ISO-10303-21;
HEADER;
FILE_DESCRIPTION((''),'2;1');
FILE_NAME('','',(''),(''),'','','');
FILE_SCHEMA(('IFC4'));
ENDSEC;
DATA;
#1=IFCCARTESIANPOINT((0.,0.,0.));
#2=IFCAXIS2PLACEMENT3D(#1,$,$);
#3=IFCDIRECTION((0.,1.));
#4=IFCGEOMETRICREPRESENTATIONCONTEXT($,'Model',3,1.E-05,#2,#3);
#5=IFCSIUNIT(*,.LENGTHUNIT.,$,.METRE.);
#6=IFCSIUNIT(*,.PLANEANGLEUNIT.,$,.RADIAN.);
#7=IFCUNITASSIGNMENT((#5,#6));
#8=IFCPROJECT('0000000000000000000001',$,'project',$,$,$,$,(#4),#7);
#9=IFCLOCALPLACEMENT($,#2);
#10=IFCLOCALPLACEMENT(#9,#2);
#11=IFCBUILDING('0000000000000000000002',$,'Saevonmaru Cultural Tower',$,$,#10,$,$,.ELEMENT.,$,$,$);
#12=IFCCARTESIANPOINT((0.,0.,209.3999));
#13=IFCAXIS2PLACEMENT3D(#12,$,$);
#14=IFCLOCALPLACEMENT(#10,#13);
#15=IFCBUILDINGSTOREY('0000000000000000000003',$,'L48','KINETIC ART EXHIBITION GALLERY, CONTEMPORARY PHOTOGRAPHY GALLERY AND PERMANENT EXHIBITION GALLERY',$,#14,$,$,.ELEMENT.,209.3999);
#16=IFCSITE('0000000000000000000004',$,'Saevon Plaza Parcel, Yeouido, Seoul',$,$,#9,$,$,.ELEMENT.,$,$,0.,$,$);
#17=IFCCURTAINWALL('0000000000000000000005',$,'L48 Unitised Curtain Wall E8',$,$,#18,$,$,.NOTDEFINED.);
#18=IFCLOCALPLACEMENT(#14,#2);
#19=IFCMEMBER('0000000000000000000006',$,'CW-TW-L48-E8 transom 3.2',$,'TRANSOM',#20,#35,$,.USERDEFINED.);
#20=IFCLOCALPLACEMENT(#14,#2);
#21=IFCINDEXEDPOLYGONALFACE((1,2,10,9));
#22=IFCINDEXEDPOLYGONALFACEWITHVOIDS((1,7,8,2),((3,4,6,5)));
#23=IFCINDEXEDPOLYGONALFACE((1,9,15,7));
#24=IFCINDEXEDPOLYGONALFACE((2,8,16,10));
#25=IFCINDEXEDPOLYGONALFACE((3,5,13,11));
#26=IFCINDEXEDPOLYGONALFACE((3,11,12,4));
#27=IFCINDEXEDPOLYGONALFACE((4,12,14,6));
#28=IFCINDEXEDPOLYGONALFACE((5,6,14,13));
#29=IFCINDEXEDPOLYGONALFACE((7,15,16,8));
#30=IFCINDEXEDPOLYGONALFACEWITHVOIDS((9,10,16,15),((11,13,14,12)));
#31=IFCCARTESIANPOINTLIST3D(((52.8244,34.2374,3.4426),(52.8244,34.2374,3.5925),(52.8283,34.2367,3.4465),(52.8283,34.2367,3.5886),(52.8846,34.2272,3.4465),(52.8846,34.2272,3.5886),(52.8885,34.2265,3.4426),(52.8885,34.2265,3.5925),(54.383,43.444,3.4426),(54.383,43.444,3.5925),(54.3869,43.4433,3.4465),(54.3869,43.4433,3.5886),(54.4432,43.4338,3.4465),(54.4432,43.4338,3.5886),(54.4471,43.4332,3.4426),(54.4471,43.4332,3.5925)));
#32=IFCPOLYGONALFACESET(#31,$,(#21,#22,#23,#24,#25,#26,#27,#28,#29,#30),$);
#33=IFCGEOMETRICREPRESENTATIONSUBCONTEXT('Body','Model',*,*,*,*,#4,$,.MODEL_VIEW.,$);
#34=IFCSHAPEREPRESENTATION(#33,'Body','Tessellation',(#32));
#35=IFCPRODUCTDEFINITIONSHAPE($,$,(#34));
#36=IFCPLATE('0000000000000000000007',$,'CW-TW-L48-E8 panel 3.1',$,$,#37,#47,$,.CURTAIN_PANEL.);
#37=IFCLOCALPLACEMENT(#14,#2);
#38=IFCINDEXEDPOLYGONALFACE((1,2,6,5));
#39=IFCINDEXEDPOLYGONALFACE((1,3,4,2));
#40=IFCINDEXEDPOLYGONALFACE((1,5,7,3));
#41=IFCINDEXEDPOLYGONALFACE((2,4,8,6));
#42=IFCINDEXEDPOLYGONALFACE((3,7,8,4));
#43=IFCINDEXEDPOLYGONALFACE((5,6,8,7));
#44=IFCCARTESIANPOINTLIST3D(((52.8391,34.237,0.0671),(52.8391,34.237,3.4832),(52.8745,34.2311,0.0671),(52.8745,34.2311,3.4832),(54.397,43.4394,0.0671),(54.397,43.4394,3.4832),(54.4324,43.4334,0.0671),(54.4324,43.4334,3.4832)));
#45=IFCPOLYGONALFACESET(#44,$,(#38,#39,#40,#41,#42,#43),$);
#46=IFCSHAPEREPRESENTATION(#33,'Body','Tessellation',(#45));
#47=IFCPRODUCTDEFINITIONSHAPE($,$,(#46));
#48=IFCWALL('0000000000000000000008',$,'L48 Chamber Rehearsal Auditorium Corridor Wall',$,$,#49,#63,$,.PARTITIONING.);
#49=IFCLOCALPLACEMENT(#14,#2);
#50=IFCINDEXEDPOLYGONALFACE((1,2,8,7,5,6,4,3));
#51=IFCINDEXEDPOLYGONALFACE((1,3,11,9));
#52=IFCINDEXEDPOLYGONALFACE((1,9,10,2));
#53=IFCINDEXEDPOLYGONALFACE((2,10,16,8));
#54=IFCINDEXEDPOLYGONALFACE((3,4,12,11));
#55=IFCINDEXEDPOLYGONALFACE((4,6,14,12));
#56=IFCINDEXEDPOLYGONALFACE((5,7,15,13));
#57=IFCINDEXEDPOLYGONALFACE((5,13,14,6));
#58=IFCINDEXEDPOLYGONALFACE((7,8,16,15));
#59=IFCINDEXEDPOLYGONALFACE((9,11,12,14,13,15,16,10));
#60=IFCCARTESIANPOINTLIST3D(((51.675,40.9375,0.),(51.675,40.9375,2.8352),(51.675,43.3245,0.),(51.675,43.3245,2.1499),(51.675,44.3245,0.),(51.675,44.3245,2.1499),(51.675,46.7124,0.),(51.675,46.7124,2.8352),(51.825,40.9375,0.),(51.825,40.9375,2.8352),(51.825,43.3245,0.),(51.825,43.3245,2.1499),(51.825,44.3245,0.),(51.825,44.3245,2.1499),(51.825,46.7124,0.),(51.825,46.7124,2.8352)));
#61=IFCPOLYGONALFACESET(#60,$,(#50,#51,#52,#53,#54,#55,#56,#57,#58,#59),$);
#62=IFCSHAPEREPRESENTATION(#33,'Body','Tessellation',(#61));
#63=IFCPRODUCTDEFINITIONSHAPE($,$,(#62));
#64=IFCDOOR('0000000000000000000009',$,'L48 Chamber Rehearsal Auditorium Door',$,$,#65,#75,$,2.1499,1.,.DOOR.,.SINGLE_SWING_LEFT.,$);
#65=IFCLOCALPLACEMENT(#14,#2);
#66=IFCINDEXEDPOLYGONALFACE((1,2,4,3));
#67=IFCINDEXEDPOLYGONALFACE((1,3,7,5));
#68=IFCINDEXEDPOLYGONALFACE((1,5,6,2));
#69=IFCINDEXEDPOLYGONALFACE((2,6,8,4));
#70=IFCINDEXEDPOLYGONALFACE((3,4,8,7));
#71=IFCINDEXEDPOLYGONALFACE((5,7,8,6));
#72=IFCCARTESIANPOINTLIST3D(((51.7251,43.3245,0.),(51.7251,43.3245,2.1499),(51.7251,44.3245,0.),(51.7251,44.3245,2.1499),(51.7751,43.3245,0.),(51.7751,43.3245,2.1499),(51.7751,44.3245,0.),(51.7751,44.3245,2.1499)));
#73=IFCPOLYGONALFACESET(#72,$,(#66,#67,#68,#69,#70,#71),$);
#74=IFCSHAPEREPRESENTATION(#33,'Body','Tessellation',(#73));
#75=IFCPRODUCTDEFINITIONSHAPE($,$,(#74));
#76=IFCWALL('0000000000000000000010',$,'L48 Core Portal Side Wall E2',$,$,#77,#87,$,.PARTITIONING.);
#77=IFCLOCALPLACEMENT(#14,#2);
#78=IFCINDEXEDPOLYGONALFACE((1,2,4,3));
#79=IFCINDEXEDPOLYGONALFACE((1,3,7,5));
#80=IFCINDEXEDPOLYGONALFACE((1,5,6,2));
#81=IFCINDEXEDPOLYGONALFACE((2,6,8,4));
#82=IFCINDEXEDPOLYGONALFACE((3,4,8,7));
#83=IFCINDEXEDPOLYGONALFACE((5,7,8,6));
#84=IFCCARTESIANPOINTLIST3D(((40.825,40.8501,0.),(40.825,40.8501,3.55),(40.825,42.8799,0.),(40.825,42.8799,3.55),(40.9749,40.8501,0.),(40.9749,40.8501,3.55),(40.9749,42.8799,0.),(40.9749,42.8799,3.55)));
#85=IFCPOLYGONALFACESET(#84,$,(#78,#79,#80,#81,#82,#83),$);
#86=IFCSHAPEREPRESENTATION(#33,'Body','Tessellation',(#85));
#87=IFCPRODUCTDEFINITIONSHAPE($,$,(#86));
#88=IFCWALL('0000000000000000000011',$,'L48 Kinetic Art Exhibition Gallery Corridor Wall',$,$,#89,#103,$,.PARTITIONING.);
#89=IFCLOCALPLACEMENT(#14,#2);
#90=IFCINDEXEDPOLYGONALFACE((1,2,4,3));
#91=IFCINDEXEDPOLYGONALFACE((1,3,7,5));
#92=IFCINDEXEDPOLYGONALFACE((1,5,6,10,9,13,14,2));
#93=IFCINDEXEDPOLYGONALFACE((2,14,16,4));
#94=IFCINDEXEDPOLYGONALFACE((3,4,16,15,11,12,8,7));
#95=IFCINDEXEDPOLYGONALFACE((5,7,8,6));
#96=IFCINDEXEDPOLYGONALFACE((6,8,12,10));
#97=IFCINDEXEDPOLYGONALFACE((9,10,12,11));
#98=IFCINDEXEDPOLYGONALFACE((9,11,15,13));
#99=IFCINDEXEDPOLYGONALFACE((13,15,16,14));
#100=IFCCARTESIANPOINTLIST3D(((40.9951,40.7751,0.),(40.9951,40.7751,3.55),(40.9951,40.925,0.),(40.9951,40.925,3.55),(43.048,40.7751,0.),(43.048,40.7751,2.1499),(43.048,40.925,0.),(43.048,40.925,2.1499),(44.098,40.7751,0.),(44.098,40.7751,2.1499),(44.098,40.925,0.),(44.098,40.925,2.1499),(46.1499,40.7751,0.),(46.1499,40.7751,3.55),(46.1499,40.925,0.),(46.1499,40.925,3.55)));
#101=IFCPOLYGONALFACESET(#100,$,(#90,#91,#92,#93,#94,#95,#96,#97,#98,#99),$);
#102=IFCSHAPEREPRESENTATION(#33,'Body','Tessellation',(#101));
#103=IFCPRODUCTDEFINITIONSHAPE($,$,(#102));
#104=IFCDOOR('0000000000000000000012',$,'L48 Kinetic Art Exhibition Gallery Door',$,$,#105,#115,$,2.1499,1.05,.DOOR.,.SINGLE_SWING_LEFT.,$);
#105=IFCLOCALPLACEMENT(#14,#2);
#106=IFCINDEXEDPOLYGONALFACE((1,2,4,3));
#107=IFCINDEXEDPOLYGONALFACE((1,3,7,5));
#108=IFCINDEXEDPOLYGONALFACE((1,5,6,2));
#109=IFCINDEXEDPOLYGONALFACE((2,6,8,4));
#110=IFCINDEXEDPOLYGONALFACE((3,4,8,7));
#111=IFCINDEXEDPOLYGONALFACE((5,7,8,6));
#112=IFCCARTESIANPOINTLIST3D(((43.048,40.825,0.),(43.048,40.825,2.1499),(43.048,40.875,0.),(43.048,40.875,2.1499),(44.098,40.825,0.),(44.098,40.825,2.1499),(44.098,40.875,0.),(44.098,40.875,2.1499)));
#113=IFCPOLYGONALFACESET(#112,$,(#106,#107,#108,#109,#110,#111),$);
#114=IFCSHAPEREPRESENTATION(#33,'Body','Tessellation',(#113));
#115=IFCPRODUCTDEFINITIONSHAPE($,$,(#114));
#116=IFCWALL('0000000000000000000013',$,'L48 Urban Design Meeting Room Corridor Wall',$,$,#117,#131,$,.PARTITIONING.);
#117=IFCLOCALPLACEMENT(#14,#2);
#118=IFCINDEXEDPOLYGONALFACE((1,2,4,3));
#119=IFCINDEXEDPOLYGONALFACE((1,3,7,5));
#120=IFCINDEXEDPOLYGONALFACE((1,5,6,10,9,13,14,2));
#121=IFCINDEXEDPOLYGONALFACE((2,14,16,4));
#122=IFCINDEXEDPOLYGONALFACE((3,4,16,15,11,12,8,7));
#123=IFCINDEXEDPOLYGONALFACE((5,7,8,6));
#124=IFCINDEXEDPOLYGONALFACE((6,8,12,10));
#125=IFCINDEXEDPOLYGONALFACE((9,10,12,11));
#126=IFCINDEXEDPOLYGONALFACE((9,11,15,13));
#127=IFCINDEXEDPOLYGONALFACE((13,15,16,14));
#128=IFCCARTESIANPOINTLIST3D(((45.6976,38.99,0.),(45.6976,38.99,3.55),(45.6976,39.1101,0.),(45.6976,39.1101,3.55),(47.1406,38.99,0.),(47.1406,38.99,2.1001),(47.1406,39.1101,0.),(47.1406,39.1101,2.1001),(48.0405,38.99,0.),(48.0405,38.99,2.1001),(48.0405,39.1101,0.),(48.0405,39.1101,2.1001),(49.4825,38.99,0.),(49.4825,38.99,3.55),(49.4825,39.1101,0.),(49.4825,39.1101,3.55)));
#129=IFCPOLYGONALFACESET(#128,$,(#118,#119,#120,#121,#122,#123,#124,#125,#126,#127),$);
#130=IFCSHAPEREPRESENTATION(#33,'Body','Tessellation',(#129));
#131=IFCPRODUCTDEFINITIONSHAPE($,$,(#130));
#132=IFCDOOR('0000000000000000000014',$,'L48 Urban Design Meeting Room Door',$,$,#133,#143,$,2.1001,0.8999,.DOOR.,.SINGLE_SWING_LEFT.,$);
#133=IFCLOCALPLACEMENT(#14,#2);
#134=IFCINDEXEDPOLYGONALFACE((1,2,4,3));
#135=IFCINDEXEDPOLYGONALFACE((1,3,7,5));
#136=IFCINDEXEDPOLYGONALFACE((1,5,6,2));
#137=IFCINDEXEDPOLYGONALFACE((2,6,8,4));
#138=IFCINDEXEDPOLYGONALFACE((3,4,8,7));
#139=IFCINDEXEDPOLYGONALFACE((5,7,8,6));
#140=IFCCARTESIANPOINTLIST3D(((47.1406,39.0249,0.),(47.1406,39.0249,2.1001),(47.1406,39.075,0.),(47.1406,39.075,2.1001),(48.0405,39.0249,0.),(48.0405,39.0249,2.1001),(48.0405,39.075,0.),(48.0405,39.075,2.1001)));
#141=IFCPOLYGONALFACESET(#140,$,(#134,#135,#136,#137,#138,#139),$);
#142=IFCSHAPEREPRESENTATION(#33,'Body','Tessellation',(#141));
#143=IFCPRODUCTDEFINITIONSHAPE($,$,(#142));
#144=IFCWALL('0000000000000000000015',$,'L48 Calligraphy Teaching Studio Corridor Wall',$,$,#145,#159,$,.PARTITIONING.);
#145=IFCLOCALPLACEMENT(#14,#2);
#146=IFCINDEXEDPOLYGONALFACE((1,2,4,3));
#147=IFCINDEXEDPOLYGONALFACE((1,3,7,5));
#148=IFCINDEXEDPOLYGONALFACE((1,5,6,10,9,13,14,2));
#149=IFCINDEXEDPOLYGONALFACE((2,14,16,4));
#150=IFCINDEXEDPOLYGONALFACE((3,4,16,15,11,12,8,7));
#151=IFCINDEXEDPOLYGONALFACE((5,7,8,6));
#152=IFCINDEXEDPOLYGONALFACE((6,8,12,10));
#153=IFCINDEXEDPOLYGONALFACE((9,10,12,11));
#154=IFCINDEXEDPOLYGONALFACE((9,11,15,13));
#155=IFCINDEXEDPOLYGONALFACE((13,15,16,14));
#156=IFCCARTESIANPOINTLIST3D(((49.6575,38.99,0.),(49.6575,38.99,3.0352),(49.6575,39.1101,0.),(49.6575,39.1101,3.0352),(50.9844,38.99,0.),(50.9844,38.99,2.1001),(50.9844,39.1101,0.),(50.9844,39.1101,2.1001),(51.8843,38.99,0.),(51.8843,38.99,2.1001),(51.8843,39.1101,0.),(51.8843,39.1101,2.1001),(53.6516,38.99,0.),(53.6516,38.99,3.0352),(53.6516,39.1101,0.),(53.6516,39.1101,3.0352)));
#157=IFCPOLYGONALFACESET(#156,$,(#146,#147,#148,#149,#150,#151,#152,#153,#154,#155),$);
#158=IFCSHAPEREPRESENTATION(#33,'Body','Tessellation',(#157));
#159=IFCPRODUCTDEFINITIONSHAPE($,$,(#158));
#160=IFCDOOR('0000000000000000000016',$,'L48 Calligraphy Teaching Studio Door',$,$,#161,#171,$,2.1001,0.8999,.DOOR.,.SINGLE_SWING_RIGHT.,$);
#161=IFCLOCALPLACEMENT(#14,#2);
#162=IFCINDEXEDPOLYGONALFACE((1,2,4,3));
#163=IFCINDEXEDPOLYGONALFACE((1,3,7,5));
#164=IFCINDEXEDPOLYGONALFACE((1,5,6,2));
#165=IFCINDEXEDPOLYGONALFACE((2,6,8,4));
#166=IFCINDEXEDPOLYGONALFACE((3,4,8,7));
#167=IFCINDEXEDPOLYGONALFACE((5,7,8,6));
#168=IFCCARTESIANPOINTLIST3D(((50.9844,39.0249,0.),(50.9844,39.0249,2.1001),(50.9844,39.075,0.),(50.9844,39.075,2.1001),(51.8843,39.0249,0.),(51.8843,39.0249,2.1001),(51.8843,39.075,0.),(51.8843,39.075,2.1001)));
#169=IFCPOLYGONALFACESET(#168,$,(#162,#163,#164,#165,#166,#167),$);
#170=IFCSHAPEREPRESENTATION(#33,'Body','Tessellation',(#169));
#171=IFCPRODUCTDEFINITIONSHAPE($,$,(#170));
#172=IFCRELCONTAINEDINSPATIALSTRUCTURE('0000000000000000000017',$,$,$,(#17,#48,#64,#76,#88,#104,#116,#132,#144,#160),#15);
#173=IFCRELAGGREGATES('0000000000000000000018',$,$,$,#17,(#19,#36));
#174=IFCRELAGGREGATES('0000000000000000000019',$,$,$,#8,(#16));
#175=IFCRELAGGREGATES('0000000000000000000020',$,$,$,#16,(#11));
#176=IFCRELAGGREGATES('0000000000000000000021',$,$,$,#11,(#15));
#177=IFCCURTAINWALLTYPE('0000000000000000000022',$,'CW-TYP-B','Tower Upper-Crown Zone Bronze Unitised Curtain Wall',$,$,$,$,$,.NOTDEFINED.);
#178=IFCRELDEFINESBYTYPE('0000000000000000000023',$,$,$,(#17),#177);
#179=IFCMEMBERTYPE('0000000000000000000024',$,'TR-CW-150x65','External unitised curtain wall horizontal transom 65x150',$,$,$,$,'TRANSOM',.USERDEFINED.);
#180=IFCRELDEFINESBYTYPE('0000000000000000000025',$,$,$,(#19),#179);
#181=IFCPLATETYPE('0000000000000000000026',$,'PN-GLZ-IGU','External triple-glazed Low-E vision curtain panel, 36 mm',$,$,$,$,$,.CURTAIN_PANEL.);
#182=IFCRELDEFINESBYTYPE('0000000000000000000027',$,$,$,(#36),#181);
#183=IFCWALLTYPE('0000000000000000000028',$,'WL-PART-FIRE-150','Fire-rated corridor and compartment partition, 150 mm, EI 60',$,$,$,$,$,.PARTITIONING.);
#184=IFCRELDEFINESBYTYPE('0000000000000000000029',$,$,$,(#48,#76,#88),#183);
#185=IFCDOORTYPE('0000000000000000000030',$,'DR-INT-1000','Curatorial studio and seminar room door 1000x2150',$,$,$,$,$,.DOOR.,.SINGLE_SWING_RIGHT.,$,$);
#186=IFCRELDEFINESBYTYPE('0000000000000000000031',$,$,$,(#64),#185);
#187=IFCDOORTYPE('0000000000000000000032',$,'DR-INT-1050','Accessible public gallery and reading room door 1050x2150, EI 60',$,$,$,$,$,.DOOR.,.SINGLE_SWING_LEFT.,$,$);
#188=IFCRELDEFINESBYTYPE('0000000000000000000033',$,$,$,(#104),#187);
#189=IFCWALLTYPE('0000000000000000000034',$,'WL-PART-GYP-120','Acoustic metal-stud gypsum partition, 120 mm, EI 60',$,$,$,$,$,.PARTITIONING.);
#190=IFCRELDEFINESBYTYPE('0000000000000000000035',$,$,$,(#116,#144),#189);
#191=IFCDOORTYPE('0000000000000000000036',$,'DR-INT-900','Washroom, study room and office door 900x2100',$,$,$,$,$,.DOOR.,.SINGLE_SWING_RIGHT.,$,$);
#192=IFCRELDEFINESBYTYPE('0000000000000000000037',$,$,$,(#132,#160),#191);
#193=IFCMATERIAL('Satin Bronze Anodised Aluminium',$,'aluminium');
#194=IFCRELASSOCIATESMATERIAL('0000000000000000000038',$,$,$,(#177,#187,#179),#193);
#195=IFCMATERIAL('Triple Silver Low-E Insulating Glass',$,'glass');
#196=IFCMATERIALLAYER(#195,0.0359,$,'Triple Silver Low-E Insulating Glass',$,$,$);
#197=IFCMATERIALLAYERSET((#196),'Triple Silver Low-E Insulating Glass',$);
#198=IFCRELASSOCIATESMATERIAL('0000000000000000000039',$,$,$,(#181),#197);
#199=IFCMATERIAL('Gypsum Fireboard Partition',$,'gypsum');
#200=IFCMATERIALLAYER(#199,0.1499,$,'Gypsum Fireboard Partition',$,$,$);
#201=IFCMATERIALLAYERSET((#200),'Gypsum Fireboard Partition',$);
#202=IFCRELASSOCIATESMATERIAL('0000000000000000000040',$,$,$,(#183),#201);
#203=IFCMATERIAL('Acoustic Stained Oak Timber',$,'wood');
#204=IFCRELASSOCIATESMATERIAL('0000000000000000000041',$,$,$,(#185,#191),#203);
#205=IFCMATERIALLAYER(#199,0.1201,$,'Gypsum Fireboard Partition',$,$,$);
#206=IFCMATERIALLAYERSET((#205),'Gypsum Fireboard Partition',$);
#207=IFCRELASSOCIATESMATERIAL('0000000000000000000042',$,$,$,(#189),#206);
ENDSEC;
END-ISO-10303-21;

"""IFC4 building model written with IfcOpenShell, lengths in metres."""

from ifc_helpers import new_model, si_unit, direction, frame, frame_2d, origin, origin_2d, place, context, subcontext, project, spatial, rectangle, hollow_rectangle, extrude, material, layer, layer_set, material_profile, profile_set, type_object, element, fill, aggregate, save


model = new_model("IFC4")

# Units and contexts
model_context = context("Model", 3, precision=1e-05, world=origin(), true_north=direction((0.0, 1.0)))
body_context = subcontext(model_context, "Body", "Model", "MODEL_VIEW")
ifc_project = project(units=[si_unit("LENGTHUNIT", "METRE"), si_unit("PLANEANGLEUNIT", "RADIAN")], contexts=[model_context])

# Site, building, storey
site_placement = place(None, origin())
site = spatial("IfcSite", under=ifc_project, at=site_placement, Name="Saevon Plaza Parcel, Yeouido, Seoul", CompositionType="ELEMENT", RefElevation=0.0)
building_placement = place(site_placement, origin())
building = spatial("IfcBuilding", under=site, at=building_placement, Name="Saevonmaru Cultural Tower", CompositionType="ELEMENT")
storey_placement = place(building_placement, frame((0.0, 0.0, 209.3999)))
storey = spatial("IfcBuildingStorey", under=building, at=storey_placement, Name="L48", Description="KINETIC ART EXHIBITION GALLERY, CONTEMPORARY PHOTOGRAPHY GALLERY AND PERMANENT EXHIBITION GALLERY", CompositionType="ELEMENT", Elevation=209.3999)

# Curtain wall, member, plate
ifc_material_1 = material(Name="Satin Bronze Anodised Aluminium", Category="aluminium")
curtain_wall_type = type_object("IfcCurtainWallType", Name="CW-TYP-B", Description="Tower Upper-Crown Zone Bronze Unitised Curtain Wall", PredefinedType="NOTDEFINED", material=ifc_material_1)
curtain_wall_placement = place(storey_placement, origin())
curtain_wall = element("IfcCurtainWall", 1, at=curtain_wall_placement, inside=storey, type_object=curtain_wall_type, Name="L48 Unitised Curtain Wall E8", PredefinedType="NOTDEFINED")
ifc_material_profile_1 = material_profile(ifc_material_1, hollow_rectangle(XDim=0.0649, YDim=0.1499, WallThickness=0.0039, at=origin_2d()), Name="ALU-TRAN-150x65x4")
ifc_profile_set_1 = profile_set([ifc_material_profile_1], Name="Satin Bronze Anodised Aluminium")
member_type_1 = type_object("IfcMemberType", Name="TR-CW-150x65", Description="External unitised curtain wall horizontal transom 65x150", ElementType="TRANSOM", PredefinedType="USERDEFINED", material=ifc_profile_set_1)
member_1_placement = place(storey_placement, frame((52.8564, 34.2319, 3.5176), z_axis=(0.166917, 0.985971, 0.0), x_axis=(-0.985971, 0.166917, 0.0)))
member_1 = element("IfcMember", 2, at=member_1_placement, type_object=member_type_1, Name="CW-TW-L48-E8 transom 3.2", ObjectType="TRANSOM", PredefinedType="USERDEFINED", context=body_context, shape_type="SweptSolid", body=[
    extrude(hollow_rectangle(XDim=0.0649, YDim=0.1499, WallThickness=0.0039, at=origin_2d()), origin(), (0.0, 0.0, 1.0), 9.3376),
])
ifc_material_2 = material(Name="Triple Silver Low-E Insulating Glass", Category="glass")
ifc_layer_1 = layer(ifc_material_2, 0.0359, Name="Triple Silver Low-E Insulating Glass")
ifc_layer_set_1 = layer_set([ifc_layer_1], Name="Triple Silver Low-E Insulating Glass")
plate_type = type_object("IfcPlateType", Name="PN-GLZ-IGU", Description="External triple-glazed Low-E vision curtain panel, 36 mm", PredefinedType="CURTAIN_PANEL", material=ifc_layer_set_1)
plate_placement = place(storey_placement, frame((53.6357, 38.8352, 0.0671), z_axis=(0.0, 0.0, 1.0), x_axis=(0.166922, 0.98597, 0.0)))
plate = element("IfcPlate", 3, at=plate_placement, type_object=plate_type, Name="CW-TW-L48-E8 panel 3.1", PredefinedType="CURTAIN_PANEL", context=body_context, shape_type="SweptSolid", body=[
    extrude(rectangle(XDim=9.3333, YDim=0.0359, at=origin_2d()), origin(), (0.0, 0.0, 1.0), 3.416),
])
aggregate(curtain_wall, [member_1, plate])

# Wall, opening, door
ifc_material_3 = material(Name="Gypsum Fireboard Partition", Category="gypsum")
ifc_layer_2 = layer(ifc_material_3, 0.1499, Name="Gypsum Fireboard Partition")
ifc_layer_set_2 = layer_set([ifc_layer_2], Name="Gypsum Fireboard Partition")
wall_type_1 = type_object("IfcWallType", Name="WL-PART-FIRE-150", Description="Fire-rated corridor and compartment partition, 150 mm, EI 60", PredefinedType="PARTITIONING", material=ifc_layer_set_2)
wall_1_placement = place(storey_placement, frame((51.75, 40.9375, 0.0), z_axis=(0.0, 0.0, 1.0), x_axis=(0.0, 1.0, 0.0)))
wall_1 = element("IfcWall", 4, at=wall_1_placement, inside=storey, type_object=wall_type_1, Name="L48 Chamber Rehearsal Auditorium Corridor Wall", PredefinedType="PARTITIONING", context=body_context, shape_type="SweptSolid", body=[
    extrude(rectangle(XDim=5.7749, YDim=0.1499, at=frame_2d((2.8875, 0.0))), origin(), (0.0, 0.0, 1.0), 2.8352),
])
opening_1_placement = place(wall_1_placement, frame((2.387, 0.0, 0.0)))
opening_1 = element("IfcOpeningElement", 5, at=opening_1_placement, cuts=wall_1, PredefinedType="OPENING", context=body_context, shape_type="SweptSolid", body=[
    extrude(rectangle(XDim=1.0, YDim=2.1499, at=frame_2d((0.5, 1.075))), frame((0.0, 0.085, 0.0), z_axis=(0.0, -1.0, 0.0), x_axis=(1.0, 0.0, 0.0)), (0.0, 0.0, 1.0), 0.1699),
])
ifc_material_4 = material(Name="Acoustic Stained Oak Timber", Category="wood")
door_type_1 = type_object("IfcDoorType", Name="DR-INT-1000", Description="Curatorial studio and seminar room door 1000x2150", OperationType="SINGLE_SWING_RIGHT", PredefinedType="DOOR", material=ifc_material_4)
door_1_placement = place(opening_1_placement, origin())
door_1 = element("IfcDoor", 6, at=door_1_placement, inside=storey, type_object=door_type_1, Name="L48 Chamber Rehearsal Auditorium Door", OperationType="SINGLE_SWING_LEFT", OverallHeight=2.1499, OverallWidth=1.0, PredefinedType="DOOR", context=body_context, shape_type="SweptSolid", body=[
    extrude(rectangle(XDim=1.0, YDim=2.1499, at=frame_2d((0.5, 1.075))), frame((0.0, 0.0249, 0.0), z_axis=(0.0, -1.0, 0.0), x_axis=(1.0, 0.0, 0.0)), (0.0, 0.0, 1.0), 0.05),
])
fill(opening_1, door_1)

# Wall
wall_2_placement = place(storey_placement, frame((40.8999, 40.8501, 0.0), z_axis=(0.0, 0.0, 1.0), x_axis=(0.0, 1.0, 0.0)))
element("IfcWall", 7, at=wall_2_placement, inside=storey, type_object=wall_type_1, Name="L48 Core Portal Side Wall E2", PredefinedType="PARTITIONING", context=body_context, shape_type="SweptSolid", body=[
    extrude(rectangle(XDim=2.0298, YDim=0.1499, at=frame_2d((1.0149, 0.0))), origin(), (0.0, 0.0, 1.0), 3.55),
])

# Walls, openings, doors
wall_3_placement = place(storey_placement, frame((40.9951, 40.8501, 0.0), z_axis=(0.0, 0.0, 1.0), x_axis=(1.0, 0.0, 0.0)))
wall_3 = element("IfcWall", 8, at=wall_3_placement, inside=storey, type_object=wall_type_1, Name="L48 Kinetic Art Exhibition Gallery Corridor Wall", PredefinedType="PARTITIONING", context=body_context, shape_type="SweptSolid", body=[
    extrude(rectangle(XDim=5.1548, YDim=0.1499, at=frame_2d((2.5774, 0.0))), origin(), (0.0, 0.0, 1.0), 3.55),
])
opening_2_placement = place(wall_3_placement, frame((2.053, 0.0, 0.0)))
opening_2 = element("IfcOpeningElement", 9, at=opening_2_placement, cuts=wall_3, PredefinedType="OPENING", context=body_context, shape_type="SweptSolid", body=[
    extrude(rectangle(XDim=1.05, YDim=2.1499, at=frame_2d((0.5249, 1.075))), frame((0.0, 0.085, 0.0), z_axis=(0.0, -1.0, 0.0), x_axis=(1.0, 0.0, 0.0)), (0.0, 0.0, 1.0), 0.1699),
])
door_type_2 = type_object("IfcDoorType", Name="DR-INT-1050", Description="Accessible public gallery and reading room door 1050x2150, EI 60", OperationType="SINGLE_SWING_LEFT", PredefinedType="DOOR", material=ifc_material_1)
door_2_placement = place(opening_2_placement, origin())
door_2 = element("IfcDoor", 10, at=door_2_placement, inside=storey, type_object=door_type_2, Name="L48 Kinetic Art Exhibition Gallery Door", OperationType="SINGLE_SWING_LEFT", OverallHeight=2.1499, OverallWidth=1.05, PredefinedType="DOOR", context=body_context, shape_type="SweptSolid", body=[
    extrude(rectangle(XDim=1.05, YDim=2.1499, at=frame_2d((0.5249, 1.075))), frame((0.0, 0.0249, 0.0), z_axis=(0.0, -1.0, 0.0), x_axis=(1.0, 0.0, 0.0)), (0.0, 0.0, 1.0), 0.05),
])
fill(opening_2, door_2)
ifc_layer_3 = layer(ifc_material_3, 0.1201, Name="Gypsum Fireboard Partition")
ifc_layer_set_3 = layer_set([ifc_layer_3], Name="Gypsum Fireboard Partition")
wall_type_2 = type_object("IfcWallType", Name="WL-PART-GYP-120", Description="Acoustic metal-stud gypsum partition, 120 mm, EI 60", PredefinedType="PARTITIONING", material=ifc_layer_set_3)
wall_4_placement = place(storey_placement, frame((45.6975, 39.05, 0.0), z_axis=(0.0, 0.0, 1.0), x_axis=(1.0, 0.0, 0.0)))
wall_4 = element("IfcWall", 11, at=wall_4_placement, inside=storey, type_object=wall_type_2, Name="L48 Urban Design Meeting Room Corridor Wall", PredefinedType="PARTITIONING", context=body_context, shape_type="SweptSolid", body=[
    extrude(rectangle(XDim=3.7849, YDim=0.1201, at=frame_2d((1.8926, 0.0))), origin(), (0.0, 0.0, 1.0), 3.55),
])
opening_3_placement = place(wall_4_placement, frame((1.4431, 0.0, 0.0)))
opening_3 = element("IfcOpeningElement", 12, at=opening_3_placement, cuts=wall_4, PredefinedType="OPENING", context=body_context, shape_type="SweptSolid", body=[
    extrude(rectangle(XDim=0.8999, YDim=2.1001, at=frame_2d((0.45, 1.05))), frame((0.0, 0.0701, 0.0), z_axis=(0.0, -1.0, 0.0), x_axis=(1.0, 0.0, 0.0)), (0.0, 0.0, 1.0), 0.1401),
])
door_type_3 = type_object("IfcDoorType", Name="DR-INT-900", Description="Washroom, study room and office door 900x2100", OperationType="SINGLE_SWING_RIGHT", PredefinedType="DOOR", material=ifc_material_4)
door_3_placement = place(opening_3_placement, origin())
door_3 = element("IfcDoor", 13, at=door_3_placement, inside=storey, type_object=door_type_3, Name="L48 Urban Design Meeting Room Door", OperationType="SINGLE_SWING_LEFT", OverallHeight=2.1001, OverallWidth=0.8999, PredefinedType="DOOR", context=body_context, shape_type="SweptSolid", body=[
    extrude(rectangle(XDim=0.8999, YDim=2.1001, at=frame_2d((0.45, 1.05))), frame((0.0, 0.0249, 0.0), z_axis=(0.0, -1.0, 0.0), x_axis=(1.0, 0.0, 0.0)), (0.0, 0.0, 1.0), 0.05),
])
fill(opening_3, door_3)
wall_5_placement = place(storey_placement, frame((49.6575, 39.05, 0.0), z_axis=(0.0, 0.0, 1.0), x_axis=(1.0, 0.0, 0.0)))
wall_5 = element("IfcWall", 14, at=wall_5_placement, inside=storey, type_object=wall_type_2, Name="L48 Calligraphy Teaching Studio Corridor Wall", PredefinedType="PARTITIONING", context=body_context, shape_type="SweptSolid", body=[
    extrude(rectangle(XDim=3.9941, YDim=0.1201, at=frame_2d((1.9971, 0.0))), origin(), (0.0, 0.0, 1.0), 3.0352),
])
opening_4_placement = place(wall_5_placement, frame((1.3269, 0.0, 0.0)))
opening_4 = element("IfcOpeningElement", 15, at=opening_4_placement, cuts=wall_5, PredefinedType="OPENING", context=body_context, shape_type="SweptSolid", body=[
    extrude(rectangle(XDim=0.8999, YDim=2.1001, at=frame_2d((0.45, 1.05))), frame((0.0, 0.0701, 0.0), z_axis=(0.0, -1.0, 0.0), x_axis=(1.0, 0.0, 0.0)), (0.0, 0.0, 1.0), 0.1401),
])
door_4_placement = place(opening_4_placement, origin())
door_4 = element("IfcDoor", 16, at=door_4_placement, inside=storey, type_object=door_type_3, Name="L48 Calligraphy Teaching Studio Door", OperationType="SINGLE_SWING_RIGHT", OverallHeight=2.1001, OverallWidth=0.8999, PredefinedType="DOOR", context=body_context, shape_type="SweptSolid", body=[
    extrude(rectangle(XDim=0.8999, YDim=2.1001, at=frame_2d((0.45, 1.05))), frame((0.0, 0.0249, 0.0), z_axis=(0.0, -1.0, 0.0), x_axis=(1.0, 0.0, 0.0)), (0.0, 0.0, 1.0), 0.05),
])
fill(opening_4, door_4)

save(model, "model.ifc")
